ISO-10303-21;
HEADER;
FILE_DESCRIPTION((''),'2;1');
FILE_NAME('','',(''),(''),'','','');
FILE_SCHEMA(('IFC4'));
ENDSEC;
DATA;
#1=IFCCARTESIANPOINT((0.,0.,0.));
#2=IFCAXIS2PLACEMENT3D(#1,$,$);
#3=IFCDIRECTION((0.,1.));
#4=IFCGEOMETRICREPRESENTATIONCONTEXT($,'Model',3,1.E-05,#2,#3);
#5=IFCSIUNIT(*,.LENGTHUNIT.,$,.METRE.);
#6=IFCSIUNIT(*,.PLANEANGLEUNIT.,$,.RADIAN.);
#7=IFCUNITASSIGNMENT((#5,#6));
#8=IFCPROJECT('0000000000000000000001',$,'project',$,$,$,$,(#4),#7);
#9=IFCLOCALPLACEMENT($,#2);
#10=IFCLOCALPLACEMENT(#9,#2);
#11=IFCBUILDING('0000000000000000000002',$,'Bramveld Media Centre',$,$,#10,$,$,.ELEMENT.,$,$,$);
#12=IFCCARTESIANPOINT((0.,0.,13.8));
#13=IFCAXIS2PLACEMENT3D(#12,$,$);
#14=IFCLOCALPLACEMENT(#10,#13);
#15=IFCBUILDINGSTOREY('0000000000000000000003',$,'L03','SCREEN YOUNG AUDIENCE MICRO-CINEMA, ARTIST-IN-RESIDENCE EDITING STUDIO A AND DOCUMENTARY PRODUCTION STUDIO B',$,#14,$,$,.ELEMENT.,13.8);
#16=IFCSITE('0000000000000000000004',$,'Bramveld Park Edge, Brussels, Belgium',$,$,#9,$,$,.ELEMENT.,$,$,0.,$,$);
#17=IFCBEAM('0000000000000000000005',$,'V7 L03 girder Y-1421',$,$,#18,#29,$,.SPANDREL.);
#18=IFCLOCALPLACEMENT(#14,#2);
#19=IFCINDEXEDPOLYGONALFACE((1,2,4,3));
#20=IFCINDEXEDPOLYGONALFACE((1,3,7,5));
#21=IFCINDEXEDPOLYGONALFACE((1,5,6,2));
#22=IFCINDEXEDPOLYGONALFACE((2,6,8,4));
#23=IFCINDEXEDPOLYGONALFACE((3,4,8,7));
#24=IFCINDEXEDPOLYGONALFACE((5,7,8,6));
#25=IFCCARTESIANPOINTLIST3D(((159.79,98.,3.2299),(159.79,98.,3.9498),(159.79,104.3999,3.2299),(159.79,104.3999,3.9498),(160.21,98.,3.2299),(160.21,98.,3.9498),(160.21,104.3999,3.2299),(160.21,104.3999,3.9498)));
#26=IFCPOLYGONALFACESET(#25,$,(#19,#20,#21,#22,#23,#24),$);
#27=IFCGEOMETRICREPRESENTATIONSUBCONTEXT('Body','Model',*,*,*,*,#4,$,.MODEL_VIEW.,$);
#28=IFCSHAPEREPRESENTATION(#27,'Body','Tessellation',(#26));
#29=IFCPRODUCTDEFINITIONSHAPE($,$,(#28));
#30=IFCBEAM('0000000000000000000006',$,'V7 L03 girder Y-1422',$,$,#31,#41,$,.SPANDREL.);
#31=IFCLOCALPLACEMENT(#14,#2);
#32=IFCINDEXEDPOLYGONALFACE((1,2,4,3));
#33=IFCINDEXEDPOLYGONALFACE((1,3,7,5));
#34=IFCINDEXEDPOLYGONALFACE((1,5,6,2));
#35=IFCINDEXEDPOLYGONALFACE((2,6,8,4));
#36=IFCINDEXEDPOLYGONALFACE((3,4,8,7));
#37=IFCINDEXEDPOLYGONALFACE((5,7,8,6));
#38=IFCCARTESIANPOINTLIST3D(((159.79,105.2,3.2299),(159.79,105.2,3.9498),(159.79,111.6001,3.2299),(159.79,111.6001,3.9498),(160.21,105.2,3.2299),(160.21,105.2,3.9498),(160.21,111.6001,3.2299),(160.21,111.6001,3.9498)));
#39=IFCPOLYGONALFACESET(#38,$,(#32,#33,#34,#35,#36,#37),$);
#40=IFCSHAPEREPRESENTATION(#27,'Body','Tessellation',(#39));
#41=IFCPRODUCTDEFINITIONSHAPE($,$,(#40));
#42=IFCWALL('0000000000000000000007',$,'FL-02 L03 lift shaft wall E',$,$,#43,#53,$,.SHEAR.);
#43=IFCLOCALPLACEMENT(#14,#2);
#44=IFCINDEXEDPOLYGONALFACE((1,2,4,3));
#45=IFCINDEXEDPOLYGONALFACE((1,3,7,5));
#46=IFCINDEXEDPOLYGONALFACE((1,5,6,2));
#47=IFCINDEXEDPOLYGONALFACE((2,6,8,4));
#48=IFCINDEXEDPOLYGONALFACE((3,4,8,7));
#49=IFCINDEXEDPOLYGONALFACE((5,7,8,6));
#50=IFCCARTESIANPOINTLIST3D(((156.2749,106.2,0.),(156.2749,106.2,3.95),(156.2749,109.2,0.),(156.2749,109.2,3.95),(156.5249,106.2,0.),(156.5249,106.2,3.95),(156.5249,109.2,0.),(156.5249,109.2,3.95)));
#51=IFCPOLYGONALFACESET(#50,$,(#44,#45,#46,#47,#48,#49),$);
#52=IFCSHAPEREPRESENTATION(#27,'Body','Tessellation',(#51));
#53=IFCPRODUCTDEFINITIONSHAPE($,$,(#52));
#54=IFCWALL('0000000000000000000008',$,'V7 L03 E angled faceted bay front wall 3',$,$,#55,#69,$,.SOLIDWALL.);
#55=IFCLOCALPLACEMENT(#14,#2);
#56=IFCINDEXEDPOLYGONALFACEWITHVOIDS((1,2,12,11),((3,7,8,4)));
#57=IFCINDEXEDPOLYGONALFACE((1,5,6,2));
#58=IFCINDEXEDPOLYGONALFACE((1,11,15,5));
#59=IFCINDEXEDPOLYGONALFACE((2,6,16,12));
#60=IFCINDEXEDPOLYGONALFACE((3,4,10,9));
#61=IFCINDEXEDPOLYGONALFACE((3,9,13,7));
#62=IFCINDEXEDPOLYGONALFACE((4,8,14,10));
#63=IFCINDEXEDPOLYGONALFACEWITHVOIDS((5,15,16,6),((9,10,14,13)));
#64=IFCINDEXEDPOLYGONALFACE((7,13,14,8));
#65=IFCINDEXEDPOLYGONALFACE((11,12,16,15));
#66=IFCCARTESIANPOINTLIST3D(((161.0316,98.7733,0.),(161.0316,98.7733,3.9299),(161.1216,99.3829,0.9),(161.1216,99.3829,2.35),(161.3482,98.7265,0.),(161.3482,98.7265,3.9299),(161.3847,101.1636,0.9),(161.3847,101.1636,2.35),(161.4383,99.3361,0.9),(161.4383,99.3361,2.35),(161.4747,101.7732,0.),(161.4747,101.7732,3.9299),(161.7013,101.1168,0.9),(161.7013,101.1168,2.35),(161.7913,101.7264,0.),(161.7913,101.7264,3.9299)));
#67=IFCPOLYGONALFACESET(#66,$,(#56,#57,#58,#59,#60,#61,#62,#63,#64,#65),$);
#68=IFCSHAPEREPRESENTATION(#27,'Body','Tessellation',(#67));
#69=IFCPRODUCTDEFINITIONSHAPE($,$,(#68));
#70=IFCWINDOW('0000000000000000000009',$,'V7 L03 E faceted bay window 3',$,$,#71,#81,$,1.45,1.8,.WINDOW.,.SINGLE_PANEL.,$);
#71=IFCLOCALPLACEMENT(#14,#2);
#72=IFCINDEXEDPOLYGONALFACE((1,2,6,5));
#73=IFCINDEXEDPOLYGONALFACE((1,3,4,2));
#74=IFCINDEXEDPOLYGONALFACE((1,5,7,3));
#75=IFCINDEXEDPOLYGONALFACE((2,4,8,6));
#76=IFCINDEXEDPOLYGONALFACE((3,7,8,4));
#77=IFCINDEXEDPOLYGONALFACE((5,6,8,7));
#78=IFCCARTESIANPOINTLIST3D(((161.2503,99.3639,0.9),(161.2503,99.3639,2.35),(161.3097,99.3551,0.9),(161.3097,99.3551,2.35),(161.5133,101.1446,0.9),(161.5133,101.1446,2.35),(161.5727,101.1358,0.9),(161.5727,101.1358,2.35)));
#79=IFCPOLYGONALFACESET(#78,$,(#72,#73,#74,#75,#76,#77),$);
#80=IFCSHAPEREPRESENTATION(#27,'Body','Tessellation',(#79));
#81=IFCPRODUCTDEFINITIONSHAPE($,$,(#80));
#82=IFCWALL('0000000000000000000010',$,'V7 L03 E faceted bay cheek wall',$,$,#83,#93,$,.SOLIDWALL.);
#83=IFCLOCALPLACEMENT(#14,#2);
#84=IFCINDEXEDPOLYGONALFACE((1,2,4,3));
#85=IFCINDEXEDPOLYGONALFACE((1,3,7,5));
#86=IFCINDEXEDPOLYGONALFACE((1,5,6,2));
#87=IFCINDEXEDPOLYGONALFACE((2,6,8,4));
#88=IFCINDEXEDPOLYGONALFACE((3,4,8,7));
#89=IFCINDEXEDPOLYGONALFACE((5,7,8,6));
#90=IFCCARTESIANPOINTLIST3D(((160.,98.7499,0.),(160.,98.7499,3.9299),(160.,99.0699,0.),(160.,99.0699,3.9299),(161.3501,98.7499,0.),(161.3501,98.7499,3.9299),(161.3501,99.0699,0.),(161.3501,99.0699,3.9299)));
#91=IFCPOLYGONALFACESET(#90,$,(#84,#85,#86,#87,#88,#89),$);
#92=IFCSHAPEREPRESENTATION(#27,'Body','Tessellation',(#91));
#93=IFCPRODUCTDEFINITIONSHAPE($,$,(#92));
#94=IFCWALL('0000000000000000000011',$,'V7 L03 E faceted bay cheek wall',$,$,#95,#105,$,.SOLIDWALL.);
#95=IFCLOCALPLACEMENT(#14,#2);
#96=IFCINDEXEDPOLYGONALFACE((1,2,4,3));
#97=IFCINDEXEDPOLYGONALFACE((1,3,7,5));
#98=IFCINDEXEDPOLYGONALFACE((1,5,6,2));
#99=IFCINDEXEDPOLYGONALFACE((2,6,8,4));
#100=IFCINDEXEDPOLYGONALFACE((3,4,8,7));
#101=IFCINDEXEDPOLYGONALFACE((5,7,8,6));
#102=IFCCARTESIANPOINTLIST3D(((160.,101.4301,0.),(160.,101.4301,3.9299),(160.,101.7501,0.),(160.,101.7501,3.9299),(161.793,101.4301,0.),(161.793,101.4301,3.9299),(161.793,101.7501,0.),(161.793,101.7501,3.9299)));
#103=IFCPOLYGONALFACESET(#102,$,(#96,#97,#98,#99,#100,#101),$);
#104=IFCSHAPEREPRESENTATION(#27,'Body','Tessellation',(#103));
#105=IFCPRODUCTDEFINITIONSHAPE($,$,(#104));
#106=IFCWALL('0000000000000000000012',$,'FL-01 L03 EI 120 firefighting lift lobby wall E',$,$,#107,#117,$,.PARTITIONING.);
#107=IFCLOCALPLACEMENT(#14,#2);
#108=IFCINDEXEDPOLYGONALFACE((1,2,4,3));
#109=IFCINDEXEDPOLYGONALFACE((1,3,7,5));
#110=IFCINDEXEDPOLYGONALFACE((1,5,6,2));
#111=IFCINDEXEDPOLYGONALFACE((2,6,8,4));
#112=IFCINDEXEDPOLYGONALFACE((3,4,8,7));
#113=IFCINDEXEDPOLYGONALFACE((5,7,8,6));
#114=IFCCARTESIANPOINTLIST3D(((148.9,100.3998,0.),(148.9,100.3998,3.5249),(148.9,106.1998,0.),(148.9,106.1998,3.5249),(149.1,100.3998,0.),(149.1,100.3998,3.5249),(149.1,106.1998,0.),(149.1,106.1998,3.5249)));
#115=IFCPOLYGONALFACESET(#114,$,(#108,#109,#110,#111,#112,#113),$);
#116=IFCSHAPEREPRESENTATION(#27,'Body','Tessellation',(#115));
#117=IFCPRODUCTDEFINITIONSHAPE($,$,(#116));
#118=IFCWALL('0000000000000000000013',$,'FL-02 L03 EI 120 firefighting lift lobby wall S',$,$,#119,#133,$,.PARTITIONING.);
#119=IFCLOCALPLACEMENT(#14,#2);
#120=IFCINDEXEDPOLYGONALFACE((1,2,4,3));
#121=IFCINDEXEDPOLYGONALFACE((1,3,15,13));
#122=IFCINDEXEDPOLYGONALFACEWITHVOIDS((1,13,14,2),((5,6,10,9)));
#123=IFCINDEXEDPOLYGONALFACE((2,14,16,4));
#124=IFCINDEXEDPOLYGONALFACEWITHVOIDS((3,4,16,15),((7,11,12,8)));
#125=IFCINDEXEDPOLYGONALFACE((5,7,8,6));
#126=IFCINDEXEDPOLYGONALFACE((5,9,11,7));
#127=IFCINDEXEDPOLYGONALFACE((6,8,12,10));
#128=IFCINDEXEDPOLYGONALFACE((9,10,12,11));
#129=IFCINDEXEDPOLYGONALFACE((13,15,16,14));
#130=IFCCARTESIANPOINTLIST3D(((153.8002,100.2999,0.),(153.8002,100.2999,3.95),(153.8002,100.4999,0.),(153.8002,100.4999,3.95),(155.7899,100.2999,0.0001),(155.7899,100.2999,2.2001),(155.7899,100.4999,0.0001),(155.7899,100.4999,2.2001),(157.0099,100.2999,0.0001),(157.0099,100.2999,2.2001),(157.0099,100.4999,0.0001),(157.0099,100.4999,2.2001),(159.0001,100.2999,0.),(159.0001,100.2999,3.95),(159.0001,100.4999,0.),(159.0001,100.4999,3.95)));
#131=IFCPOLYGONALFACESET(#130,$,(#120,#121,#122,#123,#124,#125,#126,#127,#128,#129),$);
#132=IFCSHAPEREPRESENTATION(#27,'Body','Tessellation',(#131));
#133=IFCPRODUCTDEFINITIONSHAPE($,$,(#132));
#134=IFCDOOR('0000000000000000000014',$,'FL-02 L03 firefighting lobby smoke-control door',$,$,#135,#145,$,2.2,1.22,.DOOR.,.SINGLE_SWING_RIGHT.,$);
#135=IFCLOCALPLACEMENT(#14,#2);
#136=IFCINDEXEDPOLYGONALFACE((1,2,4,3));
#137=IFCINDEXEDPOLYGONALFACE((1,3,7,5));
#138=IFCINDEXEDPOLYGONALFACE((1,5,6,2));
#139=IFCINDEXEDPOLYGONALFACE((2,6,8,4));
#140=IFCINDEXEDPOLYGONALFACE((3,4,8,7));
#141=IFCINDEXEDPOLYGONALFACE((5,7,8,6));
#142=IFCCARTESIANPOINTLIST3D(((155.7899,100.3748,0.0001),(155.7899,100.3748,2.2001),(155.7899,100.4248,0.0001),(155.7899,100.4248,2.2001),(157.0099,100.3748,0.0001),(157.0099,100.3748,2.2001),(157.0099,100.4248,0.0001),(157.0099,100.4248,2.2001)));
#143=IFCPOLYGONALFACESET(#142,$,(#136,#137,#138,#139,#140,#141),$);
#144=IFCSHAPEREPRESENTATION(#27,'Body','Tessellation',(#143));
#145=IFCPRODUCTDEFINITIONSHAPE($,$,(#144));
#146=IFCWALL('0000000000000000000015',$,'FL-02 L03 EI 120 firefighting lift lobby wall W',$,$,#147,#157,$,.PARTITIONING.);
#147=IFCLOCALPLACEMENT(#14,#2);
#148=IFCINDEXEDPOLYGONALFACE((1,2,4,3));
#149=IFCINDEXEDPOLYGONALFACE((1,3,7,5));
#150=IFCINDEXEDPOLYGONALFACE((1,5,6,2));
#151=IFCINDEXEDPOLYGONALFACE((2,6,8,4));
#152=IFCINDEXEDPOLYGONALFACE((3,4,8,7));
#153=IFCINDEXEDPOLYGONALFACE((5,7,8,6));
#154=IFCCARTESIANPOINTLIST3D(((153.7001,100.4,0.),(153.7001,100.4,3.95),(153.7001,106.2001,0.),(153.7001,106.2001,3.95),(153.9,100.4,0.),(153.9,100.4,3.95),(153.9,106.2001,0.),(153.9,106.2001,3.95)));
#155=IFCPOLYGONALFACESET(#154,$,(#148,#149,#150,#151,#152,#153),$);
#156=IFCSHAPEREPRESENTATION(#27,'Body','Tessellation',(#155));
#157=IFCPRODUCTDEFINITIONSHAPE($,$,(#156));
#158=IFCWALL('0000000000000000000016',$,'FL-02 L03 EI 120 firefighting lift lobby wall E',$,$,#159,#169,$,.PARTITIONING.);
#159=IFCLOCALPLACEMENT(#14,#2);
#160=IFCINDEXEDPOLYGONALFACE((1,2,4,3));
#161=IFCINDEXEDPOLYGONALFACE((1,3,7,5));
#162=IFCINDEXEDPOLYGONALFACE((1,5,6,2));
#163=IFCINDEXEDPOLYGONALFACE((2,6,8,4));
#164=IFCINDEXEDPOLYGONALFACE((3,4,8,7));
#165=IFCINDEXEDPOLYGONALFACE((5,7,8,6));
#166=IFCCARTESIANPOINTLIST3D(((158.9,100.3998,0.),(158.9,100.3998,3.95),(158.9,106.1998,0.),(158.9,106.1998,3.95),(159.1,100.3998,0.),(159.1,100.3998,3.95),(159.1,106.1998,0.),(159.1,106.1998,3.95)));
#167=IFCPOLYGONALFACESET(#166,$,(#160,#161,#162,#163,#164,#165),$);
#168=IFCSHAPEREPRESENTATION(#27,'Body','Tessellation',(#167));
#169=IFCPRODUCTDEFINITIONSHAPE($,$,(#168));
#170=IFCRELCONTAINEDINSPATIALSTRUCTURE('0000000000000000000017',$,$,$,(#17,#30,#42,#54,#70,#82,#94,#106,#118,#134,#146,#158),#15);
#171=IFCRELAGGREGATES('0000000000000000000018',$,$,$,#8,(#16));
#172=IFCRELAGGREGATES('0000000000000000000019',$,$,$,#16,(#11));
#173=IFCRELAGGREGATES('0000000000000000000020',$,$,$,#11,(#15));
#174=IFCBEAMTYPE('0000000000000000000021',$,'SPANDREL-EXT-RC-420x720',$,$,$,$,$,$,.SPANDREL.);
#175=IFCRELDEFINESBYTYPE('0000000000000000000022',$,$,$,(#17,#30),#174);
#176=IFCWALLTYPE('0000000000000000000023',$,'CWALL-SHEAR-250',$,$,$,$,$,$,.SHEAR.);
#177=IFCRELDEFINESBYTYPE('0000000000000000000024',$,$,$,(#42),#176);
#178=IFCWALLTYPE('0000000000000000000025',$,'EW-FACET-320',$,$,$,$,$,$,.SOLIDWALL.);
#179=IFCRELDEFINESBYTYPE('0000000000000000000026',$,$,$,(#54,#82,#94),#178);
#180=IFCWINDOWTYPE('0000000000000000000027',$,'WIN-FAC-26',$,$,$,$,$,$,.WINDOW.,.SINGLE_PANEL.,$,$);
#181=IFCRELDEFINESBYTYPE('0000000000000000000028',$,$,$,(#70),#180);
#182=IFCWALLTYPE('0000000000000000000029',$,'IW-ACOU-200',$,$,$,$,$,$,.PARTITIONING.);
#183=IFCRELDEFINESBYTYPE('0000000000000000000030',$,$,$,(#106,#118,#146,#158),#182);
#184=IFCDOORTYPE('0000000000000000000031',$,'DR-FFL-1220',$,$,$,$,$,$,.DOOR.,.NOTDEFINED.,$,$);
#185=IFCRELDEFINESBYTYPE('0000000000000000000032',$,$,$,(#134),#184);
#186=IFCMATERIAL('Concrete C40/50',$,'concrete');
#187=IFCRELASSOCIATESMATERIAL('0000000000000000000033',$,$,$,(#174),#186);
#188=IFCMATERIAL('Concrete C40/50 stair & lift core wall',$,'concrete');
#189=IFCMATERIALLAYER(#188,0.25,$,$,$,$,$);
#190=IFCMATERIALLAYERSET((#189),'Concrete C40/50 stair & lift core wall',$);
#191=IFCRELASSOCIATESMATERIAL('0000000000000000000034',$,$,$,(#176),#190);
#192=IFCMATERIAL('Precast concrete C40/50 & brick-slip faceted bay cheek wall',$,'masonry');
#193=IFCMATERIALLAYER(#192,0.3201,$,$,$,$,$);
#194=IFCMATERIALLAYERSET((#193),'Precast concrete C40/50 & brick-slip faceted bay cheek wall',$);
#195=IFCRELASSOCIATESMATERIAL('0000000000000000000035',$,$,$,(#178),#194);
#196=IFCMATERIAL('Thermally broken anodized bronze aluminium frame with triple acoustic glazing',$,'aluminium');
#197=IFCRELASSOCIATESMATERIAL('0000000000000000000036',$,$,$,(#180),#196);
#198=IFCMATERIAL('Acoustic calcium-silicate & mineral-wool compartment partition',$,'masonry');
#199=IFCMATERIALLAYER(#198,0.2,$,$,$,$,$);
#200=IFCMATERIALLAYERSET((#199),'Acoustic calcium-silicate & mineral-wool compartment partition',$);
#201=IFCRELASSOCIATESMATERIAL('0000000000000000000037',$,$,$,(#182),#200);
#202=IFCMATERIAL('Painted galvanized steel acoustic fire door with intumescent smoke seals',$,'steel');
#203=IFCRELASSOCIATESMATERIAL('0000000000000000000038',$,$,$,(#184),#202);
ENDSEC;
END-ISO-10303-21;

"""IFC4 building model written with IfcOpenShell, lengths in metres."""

from ifc_helpers import new_model, si_unit, direction, frame, frame_2d, origin, origin_2d, place, context, subcontext, project, spatial, rectangle, extrude, material, layer, layer_set, material_profile, profile_set, type_object, element, fill, save


model = new_model("IFC4")

# Units and contexts
model_context = context("Model", 3, precision=1e-05, world=origin(), true_north=direction((0.0, 1.0)))
body_context = subcontext(model_context, "Body", "Model", "MODEL_VIEW")
ifc_project = project(units=[si_unit("LENGTHUNIT", "METRE"), si_unit("PLANEANGLEUNIT", "RADIAN")], contexts=[model_context])

# Site, building, storey
site_placement = place(None, origin())
site = spatial("IfcSite", under=ifc_project, at=site_placement, Name="Bramveld Park Edge, Brussels, Belgium", CompositionType="ELEMENT", RefElevation=0.0)
building_placement = place(site_placement, origin())
building = spatial("IfcBuilding", under=site, at=building_placement, Name="Bramveld Media Centre", CompositionType="ELEMENT")
storey_placement = place(building_placement, frame((0.0, 0.0, 13.8)))
storey = spatial("IfcBuildingStorey", under=building, at=storey_placement, Name="L03", Description="SCREEN YOUNG AUDIENCE MICRO-CINEMA, ARTIST-IN-RESIDENCE EDITING STUDIO A AND DOCUMENTARY PRODUCTION STUDIO B", CompositionType="ELEMENT", Elevation=13.8)

# Beams
ifc_material_1 = material(Name="Concrete C40/50", Category="concrete")
ifc_material_profile_1 = material_profile(ifc_material_1, rectangle(XDim=0.4199, YDim=0.72, at=origin_2d()), Name="RC 420x720")
ifc_profile_set_1 = profile_set([ifc_material_profile_1], Name="Concrete C40/50")
beam_type_1 = type_object("IfcBeamType", Name="SPANDREL-EXT-RC-420x720", PredefinedType="SPANDREL", material=ifc_profile_set_1)
beam_1_placement = place(storey_placement, frame((160.0, 98.0, 3.5898), z_axis=(0.0, 1.0, 0.0), x_axis=(-1.0, 0.0, 0.0)))
element("IfcBeam", 1, at=beam_1_placement, inside=storey, type_object=beam_type_1, Name="V7 L03 girder Y-1421", PredefinedType="SPANDREL", context=body_context, shape_type="SweptSolid", body=[
    extrude(rectangle(XDim=0.4199, YDim=0.72, at=origin_2d()), origin(), (0.0, 0.0, 1.0), 6.3999),
])
beam_2_placement = place(storey_placement, frame((160.0, 105.2, 3.5898), z_axis=(0.0, 1.0, 0.0), x_axis=(-1.0, 0.0, 0.0)))
element("IfcBeam", 2, at=beam_2_placement, inside=storey, type_object=beam_type_1, Name="V7 L03 girder Y-1422", PredefinedType="SPANDREL", context=body_context, shape_type="SweptSolid", body=[
    extrude(rectangle(XDim=0.4199, YDim=0.72, at=origin_2d()), origin(), (0.0, 0.0, 1.0), 6.4001),
])

# Shared definitions
ifc_material_2 = material(Name="Concrete C40/50 stair & lift core wall", Category="concrete")
ifc_layer_1 = layer(ifc_material_2, 0.25)
ifc_layer_set_1 = layer_set([ifc_layer_1], Name="Concrete C40/50 stair & lift core wall")
wall_type_1 = type_object("IfcWallType", Name="CWALL-SHEAR-250", PredefinedType="SHEAR", material=ifc_layer_set_1)

# Wall
wall_1_placement = place(storey_placement, frame((156.3999, 106.2, 0.0), z_axis=(0.0, 0.0, 1.0), x_axis=(0.0, 1.0, 0.0)))
element("IfcWall", 3, at=wall_1_placement, inside=storey, type_object=wall_type_1, Name="FL-02 L03 lift shaft wall E", PredefinedType="SHEAR", context=body_context, shape_type="SweptSolid", body=[
    extrude(rectangle(XDim=3.0, YDim=0.25, at=frame_2d((1.5, 0.0))), origin(), (0.0, 0.0, 1.0), 3.95),
])

# Wall, opening, window
ifc_material_3 = material(Name="Precast concrete C40/50 & brick-slip faceted bay cheek wall", Category="masonry")
ifc_layer_2 = layer(ifc_material_3, 0.3201)
ifc_layer_set_2 = layer_set([ifc_layer_2], Name="Precast concrete C40/50 & brick-slip faceted bay cheek wall")
wall_type_2 = type_object("IfcWallType", Name="EW-FACET-320", PredefinedType="SOLIDWALL", material=ifc_layer_set_2)
wall_2_placement = place(storey_placement, frame((161.1899, 98.75, 0.0), z_axis=(0.0, 0.0, 1.0), x_axis=(0.14612, 0.989267, 0.0)))
wall_2 = element("IfcWall", 4, at=wall_2_placement, inside=storey, type_object=wall_type_2, Name="V7 L03 E angled faceted bay front wall 3", PredefinedType="SOLIDWALL", context=body_context, shape_type="SweptSolid", body=[
    extrude(rectangle(XDim=3.0325, YDim=0.3201, at=frame_2d((1.5161, 0.0))), origin(), (0.0, 0.0, 1.0), 3.9299),
])
opening_1_placement = place(wall_2_placement, frame((0.6162, 0.0, 0.8999)))
opening_1 = element("IfcOpeningElement", 5, at=opening_1_placement, cuts=wall_2, PredefinedType="OPENING", context=body_context, shape_type="SweptSolid", body=[
    extrude(rectangle(XDim=1.8, YDim=1.45, at=frame_2d((0.8999, 0.7251))), frame((0.0, 0.1719, 0.0), z_axis=(0.0, -1.0, 0.0), x_axis=(1.0, 0.0, 0.0)), (0.0, 0.0, 1.0), 0.344),
])
ifc_material_4 = material(Name="Thermally broken anodized bronze aluminium frame with triple acoustic glazing", Category="aluminium")
window_type = type_object("IfcWindowType", Name="WIN-FAC-26", PartitioningType="SINGLE_PANEL", PredefinedType="WINDOW", material=ifc_material_4)
window_placement = place(opening_1_placement, origin())
window = element("IfcWindow", 6, at=window_placement, inside=storey, type_object=window_type, Name="V7 L03 E faceted bay window 3", OverallHeight=1.45, OverallWidth=1.8, PartitioningType="SINGLE_PANEL", PredefinedType="WINDOW", context=body_context, shape_type="SweptSolid", body=[
    extrude(rectangle(XDim=1.8, YDim=1.45, at=frame_2d((0.8999, 0.7251))), frame((0.0, 0.03, 0.0), z_axis=(0.0, -1.0, 0.0), x_axis=(1.0, 0.0, 0.0)), (0.0, 0.0, 1.0), 0.0601),
])
fill(opening_1, window)

# Walls
wall_3_placement = place(storey_placement, frame((160.0, 98.9099, 0.0), z_axis=(0.0, 0.0, 1.0), x_axis=(1.0, 0.0, 0.0)))
element("IfcWall", 7, at=wall_3_placement, inside=storey, type_object=wall_type_2, Name="V7 L03 E faceted bay cheek wall", PredefinedType="SOLIDWALL", context=body_context, shape_type="SweptSolid", body=[
    extrude(rectangle(XDim=1.3501, YDim=0.3201, at=frame_2d((0.675, 0.0))), origin(), (0.0, 0.0, 1.0), 3.9299),
])
wall_4_placement = place(storey_placement, frame((160.0, 101.5901, 0.0), z_axis=(0.0, 0.0, 1.0), x_axis=(1.0, 0.0, 0.0)))
element("IfcWall", 8, at=wall_4_placement, inside=storey, type_object=wall_type_2, Name="V7 L03 E faceted bay cheek wall", PredefinedType="SOLIDWALL", context=body_context, shape_type="SweptSolid", body=[
    extrude(rectangle(XDim=1.793, YDim=0.3201, at=frame_2d((0.8965, 0.0))), origin(), (0.0, 0.0, 1.0), 3.9299),
])
ifc_material_5 = material(Name="Acoustic calcium-silicate & mineral-wool compartment partition", Category="masonry")
ifc_layer_3 = layer(ifc_material_5, 0.2)
ifc_layer_set_3 = layer_set([ifc_layer_3], Name="Acoustic calcium-silicate & mineral-wool compartment partition")
wall_type_3 = type_object("IfcWallType", Name="IW-ACOU-200", PredefinedType="PARTITIONING", material=ifc_layer_set_3)
wall_5_placement = place(storey_placement, frame((149.0, 100.3999, 0.0), z_axis=(0.0, 0.0, 1.0), x_axis=(0.0, 1.0, 0.0)))
element("IfcWall", 9, at=wall_5_placement, inside=storey, type_object=wall_type_3, Name="FL-01 L03 EI 120 firefighting lift lobby wall E", PredefinedType="PARTITIONING", context=body_context, shape_type="SweptSolid", body=[
    extrude(rectangle(XDim=5.8, YDim=0.2, at=frame_2d((2.8999, 0.0))), origin(), (0.0, 0.0, 1.0), 3.5249),
])

# Wall, opening, door
wall_6_placement = place(storey_placement, frame((153.8, 100.3999, 0.0), z_axis=(0.0, 0.0, 1.0), x_axis=(1.0, 0.0, 0.0)))
wall_6 = element("IfcWall", 10, at=wall_6_placement, inside=storey, type_object=wall_type_3, Name="FL-02 L03 EI 120 firefighting lift lobby wall S", PredefinedType="PARTITIONING", context=body_context, shape_type="SweptSolid", body=[
    extrude(rectangle(XDim=5.2, YDim=0.2, at=frame_2d((2.6001, 0.0))), origin(), (0.0, 0.0, 1.0), 3.95),
])
opening_2_placement = place(wall_6_placement, frame((1.99, 0.0, 0.0)))
opening_2 = element("IfcOpeningElement", 11, at=opening_2_placement, cuts=wall_6, PredefinedType="OPENING", context=body_context, shape_type="SweptSolid", body=[
    extrude(rectangle(XDim=1.22, YDim=2.2, at=frame_2d((0.6099, 1.1001))), frame((0.0, 0.1118, 0.0), z_axis=(0.0, -1.0, 0.0), x_axis=(1.0, 0.0, 0.0)), (0.0, 0.0, 1.0), 0.2239),
])
ifc_material_6 = material(Name="Painted galvanized steel acoustic fire door with intumescent smoke seals", Category="steel")
door_type_1 = type_object("IfcDoorType", Name="DR-FFL-1220", OperationType="NOTDEFINED", PredefinedType="DOOR", material=ifc_material_6)
door_1_placement = place(opening_2_placement, origin())
door_1 = element("IfcDoor", 12, at=door_1_placement, inside=storey, type_object=door_type_1, Name="FL-02 L03 firefighting lobby smoke-control door", OperationType="SINGLE_SWING_RIGHT", OverallHeight=2.2, OverallWidth=1.22, PredefinedType="DOOR", context=body_context, shape_type="SweptSolid", body=[
    extrude(rectangle(XDim=1.22, YDim=2.2, at=frame_2d((0.6099, 1.1001))), frame((0.0, 0.0249, 0.0), z_axis=(0.0, -1.0, 0.0), x_axis=(1.0, 0.0, 0.0)), (0.0, 0.0, 1.0), 0.05),
])
fill(opening_2, door_1)

# Walls
for number, where, z_axis, x_axis, name in (
    (13, (153.8, 106.2, 0.0), (0.0, 0.0, 1.0), (0.0, -1.0, 0.0), "FL-02 L03 EI 120 firefighting lift lobby wall W"),
    (14, (159.0, 100.3999, 0.0), (0.0, 0.0, 1.0), (0.0, 1.0, 0.0), "FL-02 L03 EI 120 firefighting lift lobby wall E"),
):
    element("IfcWall", number, at=place(storey_placement, frame(where, z_axis=z_axis, x_axis=x_axis)), inside=storey, type_object=wall_type_3, Name=name, PredefinedType="PARTITIONING", context=body_context, shape_type="SweptSolid", body=[
        extrude(rectangle(XDim=5.8, YDim=0.2, at=frame_2d((2.8999, 0.0))), origin(), (0.0, 0.0, 1.0), 3.95),
    ])

save(model, "model.ifc")
